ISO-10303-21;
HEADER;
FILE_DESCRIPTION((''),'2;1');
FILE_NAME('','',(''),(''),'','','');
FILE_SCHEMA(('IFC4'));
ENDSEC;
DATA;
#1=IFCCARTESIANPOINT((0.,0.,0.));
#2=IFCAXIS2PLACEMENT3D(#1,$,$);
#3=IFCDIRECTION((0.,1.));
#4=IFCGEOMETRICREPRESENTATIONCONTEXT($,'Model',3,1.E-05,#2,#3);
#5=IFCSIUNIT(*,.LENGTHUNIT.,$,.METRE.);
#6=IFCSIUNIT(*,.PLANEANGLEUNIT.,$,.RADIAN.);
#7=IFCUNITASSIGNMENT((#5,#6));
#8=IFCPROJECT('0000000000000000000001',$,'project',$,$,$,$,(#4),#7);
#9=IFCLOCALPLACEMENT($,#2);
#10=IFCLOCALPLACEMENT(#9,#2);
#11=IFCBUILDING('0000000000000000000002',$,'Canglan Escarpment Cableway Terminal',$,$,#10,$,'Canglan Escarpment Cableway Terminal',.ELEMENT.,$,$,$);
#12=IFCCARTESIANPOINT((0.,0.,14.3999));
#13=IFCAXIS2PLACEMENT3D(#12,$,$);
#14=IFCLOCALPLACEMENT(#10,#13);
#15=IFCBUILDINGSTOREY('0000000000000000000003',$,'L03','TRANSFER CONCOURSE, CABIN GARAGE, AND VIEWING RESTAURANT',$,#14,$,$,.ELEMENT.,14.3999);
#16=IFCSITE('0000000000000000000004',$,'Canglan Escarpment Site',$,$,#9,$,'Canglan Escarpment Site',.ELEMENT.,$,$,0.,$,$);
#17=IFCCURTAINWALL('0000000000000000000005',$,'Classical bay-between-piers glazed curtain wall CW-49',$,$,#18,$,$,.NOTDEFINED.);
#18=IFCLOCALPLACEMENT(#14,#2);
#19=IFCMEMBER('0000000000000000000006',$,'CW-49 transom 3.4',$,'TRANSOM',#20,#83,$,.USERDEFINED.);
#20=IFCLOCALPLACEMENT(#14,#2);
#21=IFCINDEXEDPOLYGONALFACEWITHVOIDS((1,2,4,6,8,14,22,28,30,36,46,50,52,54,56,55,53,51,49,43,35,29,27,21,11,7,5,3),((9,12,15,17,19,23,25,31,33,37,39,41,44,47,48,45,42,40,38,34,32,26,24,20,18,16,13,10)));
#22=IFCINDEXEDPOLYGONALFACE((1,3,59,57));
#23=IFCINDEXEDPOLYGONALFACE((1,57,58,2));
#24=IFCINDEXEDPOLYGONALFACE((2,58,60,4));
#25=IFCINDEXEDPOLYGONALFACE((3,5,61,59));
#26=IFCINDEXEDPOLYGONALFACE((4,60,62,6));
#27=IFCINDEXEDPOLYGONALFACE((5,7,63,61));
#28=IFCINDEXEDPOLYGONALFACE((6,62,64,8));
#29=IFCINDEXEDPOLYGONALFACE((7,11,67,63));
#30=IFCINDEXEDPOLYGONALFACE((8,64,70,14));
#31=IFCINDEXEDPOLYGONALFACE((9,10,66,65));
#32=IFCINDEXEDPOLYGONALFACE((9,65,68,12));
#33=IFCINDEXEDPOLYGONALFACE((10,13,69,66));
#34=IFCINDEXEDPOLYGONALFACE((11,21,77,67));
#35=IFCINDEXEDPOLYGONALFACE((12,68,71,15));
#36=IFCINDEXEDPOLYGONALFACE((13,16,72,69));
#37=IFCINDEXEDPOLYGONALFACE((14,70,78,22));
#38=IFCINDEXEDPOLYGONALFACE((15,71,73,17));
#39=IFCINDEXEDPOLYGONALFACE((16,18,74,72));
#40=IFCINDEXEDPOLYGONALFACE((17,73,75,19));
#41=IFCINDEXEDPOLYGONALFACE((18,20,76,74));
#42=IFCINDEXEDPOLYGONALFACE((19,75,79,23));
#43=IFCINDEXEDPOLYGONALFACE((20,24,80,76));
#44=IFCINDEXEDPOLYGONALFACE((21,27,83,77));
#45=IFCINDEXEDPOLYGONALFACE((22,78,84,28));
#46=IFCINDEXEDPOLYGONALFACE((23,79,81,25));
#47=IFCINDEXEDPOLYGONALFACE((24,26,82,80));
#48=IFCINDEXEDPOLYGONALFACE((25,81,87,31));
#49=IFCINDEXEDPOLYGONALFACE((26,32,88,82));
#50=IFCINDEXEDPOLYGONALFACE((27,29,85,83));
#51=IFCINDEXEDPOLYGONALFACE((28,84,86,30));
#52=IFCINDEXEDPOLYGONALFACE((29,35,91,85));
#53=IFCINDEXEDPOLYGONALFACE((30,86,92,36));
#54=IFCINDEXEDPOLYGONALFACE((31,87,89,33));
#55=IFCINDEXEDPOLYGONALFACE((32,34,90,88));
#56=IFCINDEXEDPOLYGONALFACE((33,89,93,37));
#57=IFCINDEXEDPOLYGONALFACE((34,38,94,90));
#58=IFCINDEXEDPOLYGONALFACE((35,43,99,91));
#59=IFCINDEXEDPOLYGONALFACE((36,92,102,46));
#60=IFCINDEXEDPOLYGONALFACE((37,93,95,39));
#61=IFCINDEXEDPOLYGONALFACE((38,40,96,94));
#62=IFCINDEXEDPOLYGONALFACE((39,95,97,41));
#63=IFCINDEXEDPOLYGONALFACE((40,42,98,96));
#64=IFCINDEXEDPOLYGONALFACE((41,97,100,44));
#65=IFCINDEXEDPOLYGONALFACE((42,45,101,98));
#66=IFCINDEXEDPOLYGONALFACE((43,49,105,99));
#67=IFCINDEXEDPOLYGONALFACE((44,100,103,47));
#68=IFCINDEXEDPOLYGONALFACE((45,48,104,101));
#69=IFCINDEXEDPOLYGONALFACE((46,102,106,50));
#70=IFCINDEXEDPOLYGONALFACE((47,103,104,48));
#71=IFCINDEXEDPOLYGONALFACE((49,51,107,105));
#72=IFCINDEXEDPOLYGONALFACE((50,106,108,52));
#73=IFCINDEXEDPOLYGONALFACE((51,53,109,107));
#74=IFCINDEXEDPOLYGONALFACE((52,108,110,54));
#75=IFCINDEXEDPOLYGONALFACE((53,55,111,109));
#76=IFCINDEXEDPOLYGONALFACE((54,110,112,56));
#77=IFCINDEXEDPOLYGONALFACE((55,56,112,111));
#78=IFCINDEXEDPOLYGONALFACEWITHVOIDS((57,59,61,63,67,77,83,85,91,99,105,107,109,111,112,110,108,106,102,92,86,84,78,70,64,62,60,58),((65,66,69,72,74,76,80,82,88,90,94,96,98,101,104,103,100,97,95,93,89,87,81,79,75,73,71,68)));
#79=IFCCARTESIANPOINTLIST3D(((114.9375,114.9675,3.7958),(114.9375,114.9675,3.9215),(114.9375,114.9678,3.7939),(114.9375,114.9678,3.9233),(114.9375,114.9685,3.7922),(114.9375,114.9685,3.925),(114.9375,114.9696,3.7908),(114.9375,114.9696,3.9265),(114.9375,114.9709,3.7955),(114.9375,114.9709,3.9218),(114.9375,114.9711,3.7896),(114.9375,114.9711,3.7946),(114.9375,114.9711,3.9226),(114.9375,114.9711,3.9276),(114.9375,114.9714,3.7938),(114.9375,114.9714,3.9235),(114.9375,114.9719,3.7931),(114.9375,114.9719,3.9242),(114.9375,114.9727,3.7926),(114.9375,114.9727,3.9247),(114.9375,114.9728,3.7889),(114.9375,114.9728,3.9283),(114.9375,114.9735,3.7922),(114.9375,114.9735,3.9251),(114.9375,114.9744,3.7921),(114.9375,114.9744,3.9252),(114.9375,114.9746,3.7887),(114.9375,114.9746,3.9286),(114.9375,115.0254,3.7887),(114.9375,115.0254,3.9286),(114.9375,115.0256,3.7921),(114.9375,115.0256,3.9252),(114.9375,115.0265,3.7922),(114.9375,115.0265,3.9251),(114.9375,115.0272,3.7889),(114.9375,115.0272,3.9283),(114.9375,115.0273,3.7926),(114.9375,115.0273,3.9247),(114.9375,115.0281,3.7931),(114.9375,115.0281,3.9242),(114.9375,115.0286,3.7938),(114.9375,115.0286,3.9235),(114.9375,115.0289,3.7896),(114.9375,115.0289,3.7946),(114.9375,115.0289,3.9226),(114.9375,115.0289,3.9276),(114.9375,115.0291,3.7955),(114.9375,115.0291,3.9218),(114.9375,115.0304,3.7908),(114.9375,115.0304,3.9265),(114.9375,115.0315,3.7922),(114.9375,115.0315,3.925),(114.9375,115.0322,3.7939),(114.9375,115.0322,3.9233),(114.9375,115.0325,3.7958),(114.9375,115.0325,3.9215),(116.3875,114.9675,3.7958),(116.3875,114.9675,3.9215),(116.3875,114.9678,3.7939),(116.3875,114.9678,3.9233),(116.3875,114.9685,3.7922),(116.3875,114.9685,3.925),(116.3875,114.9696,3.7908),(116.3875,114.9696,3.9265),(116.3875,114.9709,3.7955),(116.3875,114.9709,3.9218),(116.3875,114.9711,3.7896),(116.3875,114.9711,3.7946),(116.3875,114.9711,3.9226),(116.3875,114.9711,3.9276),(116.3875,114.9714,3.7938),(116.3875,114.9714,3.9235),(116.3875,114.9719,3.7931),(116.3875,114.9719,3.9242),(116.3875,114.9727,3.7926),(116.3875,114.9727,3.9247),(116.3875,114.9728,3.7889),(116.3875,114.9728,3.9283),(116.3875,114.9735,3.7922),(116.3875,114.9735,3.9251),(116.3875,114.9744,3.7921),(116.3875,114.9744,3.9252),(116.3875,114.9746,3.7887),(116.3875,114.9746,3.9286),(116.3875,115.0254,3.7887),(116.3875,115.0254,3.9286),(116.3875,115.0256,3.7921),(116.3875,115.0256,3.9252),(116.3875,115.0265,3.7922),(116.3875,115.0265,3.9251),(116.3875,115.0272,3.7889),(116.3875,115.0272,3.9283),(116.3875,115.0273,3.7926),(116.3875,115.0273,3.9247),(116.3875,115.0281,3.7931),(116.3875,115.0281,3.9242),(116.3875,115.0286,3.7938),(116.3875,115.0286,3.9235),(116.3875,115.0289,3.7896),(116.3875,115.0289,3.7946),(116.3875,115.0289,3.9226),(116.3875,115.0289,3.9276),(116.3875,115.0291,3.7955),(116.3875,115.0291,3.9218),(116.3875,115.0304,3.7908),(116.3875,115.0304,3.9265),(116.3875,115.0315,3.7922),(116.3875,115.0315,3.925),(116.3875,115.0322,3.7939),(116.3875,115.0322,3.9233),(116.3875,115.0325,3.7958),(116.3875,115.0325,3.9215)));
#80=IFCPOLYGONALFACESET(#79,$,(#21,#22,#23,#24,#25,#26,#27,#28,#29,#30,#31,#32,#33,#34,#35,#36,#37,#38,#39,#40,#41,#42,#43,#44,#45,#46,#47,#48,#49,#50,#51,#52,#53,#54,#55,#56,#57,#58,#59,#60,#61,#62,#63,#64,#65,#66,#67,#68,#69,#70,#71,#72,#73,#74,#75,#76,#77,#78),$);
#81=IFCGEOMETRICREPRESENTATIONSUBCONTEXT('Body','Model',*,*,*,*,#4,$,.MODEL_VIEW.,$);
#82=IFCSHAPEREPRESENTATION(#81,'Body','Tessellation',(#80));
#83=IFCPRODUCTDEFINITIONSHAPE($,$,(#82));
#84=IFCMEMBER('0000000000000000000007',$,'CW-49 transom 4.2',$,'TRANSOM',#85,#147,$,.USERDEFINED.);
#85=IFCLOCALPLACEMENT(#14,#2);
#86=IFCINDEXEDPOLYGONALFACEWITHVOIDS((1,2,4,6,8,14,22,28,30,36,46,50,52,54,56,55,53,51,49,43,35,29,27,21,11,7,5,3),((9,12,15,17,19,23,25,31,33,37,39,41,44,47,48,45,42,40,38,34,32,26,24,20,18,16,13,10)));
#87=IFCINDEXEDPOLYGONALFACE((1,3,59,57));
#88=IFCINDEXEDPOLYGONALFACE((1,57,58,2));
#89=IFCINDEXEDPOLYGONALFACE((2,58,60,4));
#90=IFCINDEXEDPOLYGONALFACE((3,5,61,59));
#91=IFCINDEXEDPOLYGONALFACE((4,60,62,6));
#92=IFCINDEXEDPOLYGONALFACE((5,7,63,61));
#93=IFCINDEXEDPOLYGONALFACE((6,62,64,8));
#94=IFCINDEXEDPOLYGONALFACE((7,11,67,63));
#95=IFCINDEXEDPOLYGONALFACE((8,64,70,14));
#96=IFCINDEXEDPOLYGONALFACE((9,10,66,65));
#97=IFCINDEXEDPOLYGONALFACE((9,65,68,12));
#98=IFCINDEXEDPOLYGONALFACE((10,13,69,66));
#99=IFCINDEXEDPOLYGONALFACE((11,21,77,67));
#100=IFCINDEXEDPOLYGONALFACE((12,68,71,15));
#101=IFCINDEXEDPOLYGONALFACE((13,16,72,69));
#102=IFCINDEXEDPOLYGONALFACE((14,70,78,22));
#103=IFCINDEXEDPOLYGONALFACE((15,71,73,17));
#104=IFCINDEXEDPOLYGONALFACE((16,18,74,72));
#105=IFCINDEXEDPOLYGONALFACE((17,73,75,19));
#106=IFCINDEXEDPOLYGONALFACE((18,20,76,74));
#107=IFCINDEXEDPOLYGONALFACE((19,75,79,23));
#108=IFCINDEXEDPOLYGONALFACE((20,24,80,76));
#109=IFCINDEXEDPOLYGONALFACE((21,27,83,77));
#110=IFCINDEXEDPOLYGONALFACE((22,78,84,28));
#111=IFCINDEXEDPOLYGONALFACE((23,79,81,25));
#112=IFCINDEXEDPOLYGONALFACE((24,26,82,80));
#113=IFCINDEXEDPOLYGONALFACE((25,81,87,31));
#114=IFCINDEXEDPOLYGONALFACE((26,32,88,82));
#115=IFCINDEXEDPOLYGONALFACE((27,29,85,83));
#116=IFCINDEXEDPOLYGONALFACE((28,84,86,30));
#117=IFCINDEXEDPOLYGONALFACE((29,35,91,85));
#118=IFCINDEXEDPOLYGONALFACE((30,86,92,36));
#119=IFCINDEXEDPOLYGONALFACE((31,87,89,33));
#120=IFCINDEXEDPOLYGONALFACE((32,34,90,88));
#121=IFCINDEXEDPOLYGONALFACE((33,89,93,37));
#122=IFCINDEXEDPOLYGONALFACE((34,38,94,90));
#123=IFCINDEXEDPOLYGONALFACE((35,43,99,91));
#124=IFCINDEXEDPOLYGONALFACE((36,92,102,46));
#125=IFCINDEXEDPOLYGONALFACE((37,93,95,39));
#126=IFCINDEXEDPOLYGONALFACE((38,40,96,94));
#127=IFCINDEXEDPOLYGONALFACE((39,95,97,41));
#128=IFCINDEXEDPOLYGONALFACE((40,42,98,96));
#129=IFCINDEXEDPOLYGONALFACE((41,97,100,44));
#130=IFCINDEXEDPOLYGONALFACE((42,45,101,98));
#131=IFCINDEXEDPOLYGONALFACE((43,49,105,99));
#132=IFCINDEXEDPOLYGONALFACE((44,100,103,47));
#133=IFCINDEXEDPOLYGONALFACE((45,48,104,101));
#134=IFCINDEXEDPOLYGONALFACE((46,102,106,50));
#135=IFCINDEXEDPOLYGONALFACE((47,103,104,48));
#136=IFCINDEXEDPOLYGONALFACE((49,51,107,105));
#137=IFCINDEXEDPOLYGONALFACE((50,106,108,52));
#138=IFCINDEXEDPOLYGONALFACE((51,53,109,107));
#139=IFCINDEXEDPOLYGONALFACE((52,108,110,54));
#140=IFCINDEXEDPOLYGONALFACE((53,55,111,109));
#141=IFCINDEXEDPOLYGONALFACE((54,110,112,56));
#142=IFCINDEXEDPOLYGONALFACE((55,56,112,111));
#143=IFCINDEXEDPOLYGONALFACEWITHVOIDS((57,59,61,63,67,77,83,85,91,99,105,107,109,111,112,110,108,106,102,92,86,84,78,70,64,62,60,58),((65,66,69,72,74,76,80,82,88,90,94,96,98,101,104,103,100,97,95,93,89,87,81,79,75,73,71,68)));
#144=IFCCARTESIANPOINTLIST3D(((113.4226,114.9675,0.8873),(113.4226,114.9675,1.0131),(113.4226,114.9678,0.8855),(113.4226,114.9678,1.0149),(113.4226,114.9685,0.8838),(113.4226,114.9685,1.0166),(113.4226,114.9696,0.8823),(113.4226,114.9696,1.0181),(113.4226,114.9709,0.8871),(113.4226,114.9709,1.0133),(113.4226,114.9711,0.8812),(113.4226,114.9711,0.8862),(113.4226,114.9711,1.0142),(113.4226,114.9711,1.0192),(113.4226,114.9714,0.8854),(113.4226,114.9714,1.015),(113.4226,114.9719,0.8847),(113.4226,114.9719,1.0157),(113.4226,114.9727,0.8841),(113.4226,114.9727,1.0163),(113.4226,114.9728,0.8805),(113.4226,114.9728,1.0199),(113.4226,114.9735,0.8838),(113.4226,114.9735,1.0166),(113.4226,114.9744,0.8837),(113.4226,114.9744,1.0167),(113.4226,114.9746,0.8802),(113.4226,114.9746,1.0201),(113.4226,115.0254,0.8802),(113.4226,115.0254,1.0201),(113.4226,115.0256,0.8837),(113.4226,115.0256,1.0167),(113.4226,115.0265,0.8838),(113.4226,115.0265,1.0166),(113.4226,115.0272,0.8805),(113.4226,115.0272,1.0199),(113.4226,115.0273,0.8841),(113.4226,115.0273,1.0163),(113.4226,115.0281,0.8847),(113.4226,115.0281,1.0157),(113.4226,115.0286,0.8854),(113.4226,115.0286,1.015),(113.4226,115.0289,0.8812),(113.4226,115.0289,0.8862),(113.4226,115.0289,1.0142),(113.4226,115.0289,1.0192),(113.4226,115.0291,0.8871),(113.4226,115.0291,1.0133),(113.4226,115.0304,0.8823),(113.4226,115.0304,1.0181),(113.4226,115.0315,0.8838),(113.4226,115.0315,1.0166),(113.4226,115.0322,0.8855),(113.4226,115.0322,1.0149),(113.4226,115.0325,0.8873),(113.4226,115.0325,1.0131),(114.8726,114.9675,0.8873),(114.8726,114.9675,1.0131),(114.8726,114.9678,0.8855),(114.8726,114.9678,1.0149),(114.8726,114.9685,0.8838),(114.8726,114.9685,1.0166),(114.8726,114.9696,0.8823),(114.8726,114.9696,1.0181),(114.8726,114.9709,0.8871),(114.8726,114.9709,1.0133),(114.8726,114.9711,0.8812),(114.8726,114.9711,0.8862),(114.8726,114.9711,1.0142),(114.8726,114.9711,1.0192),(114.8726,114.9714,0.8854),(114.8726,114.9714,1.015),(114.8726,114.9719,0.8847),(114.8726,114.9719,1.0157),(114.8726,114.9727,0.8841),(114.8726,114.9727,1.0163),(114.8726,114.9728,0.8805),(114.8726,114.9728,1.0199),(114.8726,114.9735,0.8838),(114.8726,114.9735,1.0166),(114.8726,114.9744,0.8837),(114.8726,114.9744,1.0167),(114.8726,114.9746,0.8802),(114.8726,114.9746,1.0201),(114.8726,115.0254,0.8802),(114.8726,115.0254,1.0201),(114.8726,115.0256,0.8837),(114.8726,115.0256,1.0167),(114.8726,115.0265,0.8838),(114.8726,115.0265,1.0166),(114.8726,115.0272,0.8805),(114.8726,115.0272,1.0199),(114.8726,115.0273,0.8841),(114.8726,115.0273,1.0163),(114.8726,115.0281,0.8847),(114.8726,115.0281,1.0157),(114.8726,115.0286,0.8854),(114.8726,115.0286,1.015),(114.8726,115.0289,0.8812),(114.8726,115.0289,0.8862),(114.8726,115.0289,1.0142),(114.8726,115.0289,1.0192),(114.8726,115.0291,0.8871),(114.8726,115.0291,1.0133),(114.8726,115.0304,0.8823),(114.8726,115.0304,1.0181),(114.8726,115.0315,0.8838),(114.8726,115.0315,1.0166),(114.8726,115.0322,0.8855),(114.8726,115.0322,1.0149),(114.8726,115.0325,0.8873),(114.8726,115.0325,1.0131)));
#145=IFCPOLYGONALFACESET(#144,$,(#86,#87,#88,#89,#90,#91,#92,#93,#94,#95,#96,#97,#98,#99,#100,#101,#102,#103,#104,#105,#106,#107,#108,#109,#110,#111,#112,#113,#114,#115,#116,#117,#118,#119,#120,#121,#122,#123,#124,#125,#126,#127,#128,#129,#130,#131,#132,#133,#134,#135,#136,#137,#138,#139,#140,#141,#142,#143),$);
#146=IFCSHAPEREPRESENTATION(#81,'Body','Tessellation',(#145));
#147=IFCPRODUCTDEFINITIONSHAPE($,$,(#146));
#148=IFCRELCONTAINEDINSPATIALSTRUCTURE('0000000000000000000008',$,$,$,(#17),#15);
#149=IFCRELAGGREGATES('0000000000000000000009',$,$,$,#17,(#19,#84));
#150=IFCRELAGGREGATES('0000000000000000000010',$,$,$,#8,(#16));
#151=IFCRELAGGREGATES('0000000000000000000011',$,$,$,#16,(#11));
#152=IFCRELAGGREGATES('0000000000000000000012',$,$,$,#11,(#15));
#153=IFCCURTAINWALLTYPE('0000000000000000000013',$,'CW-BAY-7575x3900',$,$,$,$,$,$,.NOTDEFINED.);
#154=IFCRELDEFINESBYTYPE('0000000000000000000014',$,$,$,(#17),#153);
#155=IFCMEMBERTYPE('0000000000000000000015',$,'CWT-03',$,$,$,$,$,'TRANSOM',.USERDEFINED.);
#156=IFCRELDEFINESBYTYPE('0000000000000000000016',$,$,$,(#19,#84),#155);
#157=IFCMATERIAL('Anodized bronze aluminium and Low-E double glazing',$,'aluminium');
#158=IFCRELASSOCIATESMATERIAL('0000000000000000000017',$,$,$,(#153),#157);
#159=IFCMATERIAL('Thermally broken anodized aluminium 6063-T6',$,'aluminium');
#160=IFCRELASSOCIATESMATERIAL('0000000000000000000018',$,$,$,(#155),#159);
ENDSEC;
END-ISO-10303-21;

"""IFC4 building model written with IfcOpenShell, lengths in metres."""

from ifc_helpers import new_model, si_unit, direction, frame, origin, origin_2d, place, context, subcontext, project, spatial, hollow_rectangle, extrude, material, material_profile, profile_set, type_object, element, aggregate, save


model = new_model("IFC4")

# Units and contexts
model_context = context("Model", 3, precision=1e-05, world=origin(), true_north=direction((0.0, 1.0)))
body_context = subcontext(model_context, "Body", "Model", "MODEL_VIEW")
ifc_project = project(units=[si_unit("LENGTHUNIT", "METRE"), si_unit("PLANEANGLEUNIT", "RADIAN")], contexts=[model_context])

# Site, building, storey
site_placement = place(None, origin())
site = spatial("IfcSite", under=ifc_project, at=site_placement, Name="Canglan Escarpment Site", LongName="Canglan Escarpment Site", CompositionType="ELEMENT", RefElevation=0.0)
building_placement = place(site_placement, origin())
building = spatial("IfcBuilding", under=site, at=building_placement, Name="Canglan Escarpment Cableway Terminal", LongName="Canglan Escarpment Cableway Terminal", CompositionType="ELEMENT")
storey_placement = place(building_placement, frame((0.0, 0.0, 14.3999)))
storey = spatial("IfcBuildingStorey", under=building, at=storey_placement, Name="L03", Description="TRANSFER CONCOURSE, CABIN GARAGE, AND VIEWING RESTAURANT", CompositionType="ELEMENT", Elevation=14.3999)

# Curtain wall, members
ifc_material_1 = material(Name="Anodized bronze aluminium and Low-E double glazing", Category="aluminium")
curtain_wall_type = type_object("IfcCurtainWallType", Name="CW-BAY-7575x3900", PredefinedType="NOTDEFINED", material=ifc_material_1)
curtain_wall_placement = place(storey_placement, origin())
curtain_wall = element("IfcCurtainWall", 1, at=curtain_wall_placement, inside=storey, type_object=curtain_wall_type, Name="Classical bay-between-piers glazed curtain wall CW-49", PredefinedType="NOTDEFINED")
ifc_material_2 = material(Name="Thermally broken anodized aluminium 6063-T6", Category="aluminium")
ifc_material_profile_1 = material_profile(ifc_material_2, hollow_rectangle(XDim=0.0649, YDim=0.1399, WallThickness=0.0034, InnerFilletRadius=0.0034, OuterFilletRadius=0.0071, at=origin_2d()), Name="ALU-TRAN 65x140x3.5")
ifc_profile_set_1 = profile_set([ifc_material_profile_1], Name="Thermally broken anodized aluminium 6063-T6")
member_type_1 = type_object("IfcMemberType", Name="CWT-03", ElementType="TRANSOM", PredefinedType="USERDEFINED", material=ifc_profile_set_1)
member_1_placement = place(storey_placement, frame((116.3875, 115.0, 3.8586), z_axis=(-1.0, 0.0, 0.0), x_axis=(0.0, -1.0, 0.0)))
member_1 = element("IfcMember", 2, at=member_1_placement, type_object=member_type_1, Name="CW-49 transom 3.4", ObjectType="TRANSOM", PredefinedType="USERDEFINED", context=body_context, shape_type="SweptSolid", body=[
    extrude(hollow_rectangle(XDim=0.0649, YDim=0.1399, WallThickness=0.0034, InnerFilletRadius=0.0034, OuterFilletRadius=0.0071, at=origin_2d()), origin(), (0.0, 0.0, 1.0), 1.45),
])
member_2_placement = place(storey_placement, frame((114.8726, 115.0, 0.9502), z_axis=(-1.0, 0.0, 0.0), x_axis=(0.0, -1.0, 0.0)))
member_2 = element("IfcMember", 3, at=member_2_placement, type_object=member_type_1, Name="CW-49 transom 4.2", ObjectType="TRANSOM", PredefinedType="USERDEFINED", context=body_context, shape_type="SweptSolid", body=[
    extrude(hollow_rectangle(XDim=0.0649, YDim=0.1399, WallThickness=0.0034, InnerFilletRadius=0.0034, OuterFilletRadius=0.0071, at=origin_2d()), origin(), (0.0, 0.0, 1.0), 1.45),
])
aggregate(curtain_wall, [member_1, member_2])

save(model, "model.ifc")
